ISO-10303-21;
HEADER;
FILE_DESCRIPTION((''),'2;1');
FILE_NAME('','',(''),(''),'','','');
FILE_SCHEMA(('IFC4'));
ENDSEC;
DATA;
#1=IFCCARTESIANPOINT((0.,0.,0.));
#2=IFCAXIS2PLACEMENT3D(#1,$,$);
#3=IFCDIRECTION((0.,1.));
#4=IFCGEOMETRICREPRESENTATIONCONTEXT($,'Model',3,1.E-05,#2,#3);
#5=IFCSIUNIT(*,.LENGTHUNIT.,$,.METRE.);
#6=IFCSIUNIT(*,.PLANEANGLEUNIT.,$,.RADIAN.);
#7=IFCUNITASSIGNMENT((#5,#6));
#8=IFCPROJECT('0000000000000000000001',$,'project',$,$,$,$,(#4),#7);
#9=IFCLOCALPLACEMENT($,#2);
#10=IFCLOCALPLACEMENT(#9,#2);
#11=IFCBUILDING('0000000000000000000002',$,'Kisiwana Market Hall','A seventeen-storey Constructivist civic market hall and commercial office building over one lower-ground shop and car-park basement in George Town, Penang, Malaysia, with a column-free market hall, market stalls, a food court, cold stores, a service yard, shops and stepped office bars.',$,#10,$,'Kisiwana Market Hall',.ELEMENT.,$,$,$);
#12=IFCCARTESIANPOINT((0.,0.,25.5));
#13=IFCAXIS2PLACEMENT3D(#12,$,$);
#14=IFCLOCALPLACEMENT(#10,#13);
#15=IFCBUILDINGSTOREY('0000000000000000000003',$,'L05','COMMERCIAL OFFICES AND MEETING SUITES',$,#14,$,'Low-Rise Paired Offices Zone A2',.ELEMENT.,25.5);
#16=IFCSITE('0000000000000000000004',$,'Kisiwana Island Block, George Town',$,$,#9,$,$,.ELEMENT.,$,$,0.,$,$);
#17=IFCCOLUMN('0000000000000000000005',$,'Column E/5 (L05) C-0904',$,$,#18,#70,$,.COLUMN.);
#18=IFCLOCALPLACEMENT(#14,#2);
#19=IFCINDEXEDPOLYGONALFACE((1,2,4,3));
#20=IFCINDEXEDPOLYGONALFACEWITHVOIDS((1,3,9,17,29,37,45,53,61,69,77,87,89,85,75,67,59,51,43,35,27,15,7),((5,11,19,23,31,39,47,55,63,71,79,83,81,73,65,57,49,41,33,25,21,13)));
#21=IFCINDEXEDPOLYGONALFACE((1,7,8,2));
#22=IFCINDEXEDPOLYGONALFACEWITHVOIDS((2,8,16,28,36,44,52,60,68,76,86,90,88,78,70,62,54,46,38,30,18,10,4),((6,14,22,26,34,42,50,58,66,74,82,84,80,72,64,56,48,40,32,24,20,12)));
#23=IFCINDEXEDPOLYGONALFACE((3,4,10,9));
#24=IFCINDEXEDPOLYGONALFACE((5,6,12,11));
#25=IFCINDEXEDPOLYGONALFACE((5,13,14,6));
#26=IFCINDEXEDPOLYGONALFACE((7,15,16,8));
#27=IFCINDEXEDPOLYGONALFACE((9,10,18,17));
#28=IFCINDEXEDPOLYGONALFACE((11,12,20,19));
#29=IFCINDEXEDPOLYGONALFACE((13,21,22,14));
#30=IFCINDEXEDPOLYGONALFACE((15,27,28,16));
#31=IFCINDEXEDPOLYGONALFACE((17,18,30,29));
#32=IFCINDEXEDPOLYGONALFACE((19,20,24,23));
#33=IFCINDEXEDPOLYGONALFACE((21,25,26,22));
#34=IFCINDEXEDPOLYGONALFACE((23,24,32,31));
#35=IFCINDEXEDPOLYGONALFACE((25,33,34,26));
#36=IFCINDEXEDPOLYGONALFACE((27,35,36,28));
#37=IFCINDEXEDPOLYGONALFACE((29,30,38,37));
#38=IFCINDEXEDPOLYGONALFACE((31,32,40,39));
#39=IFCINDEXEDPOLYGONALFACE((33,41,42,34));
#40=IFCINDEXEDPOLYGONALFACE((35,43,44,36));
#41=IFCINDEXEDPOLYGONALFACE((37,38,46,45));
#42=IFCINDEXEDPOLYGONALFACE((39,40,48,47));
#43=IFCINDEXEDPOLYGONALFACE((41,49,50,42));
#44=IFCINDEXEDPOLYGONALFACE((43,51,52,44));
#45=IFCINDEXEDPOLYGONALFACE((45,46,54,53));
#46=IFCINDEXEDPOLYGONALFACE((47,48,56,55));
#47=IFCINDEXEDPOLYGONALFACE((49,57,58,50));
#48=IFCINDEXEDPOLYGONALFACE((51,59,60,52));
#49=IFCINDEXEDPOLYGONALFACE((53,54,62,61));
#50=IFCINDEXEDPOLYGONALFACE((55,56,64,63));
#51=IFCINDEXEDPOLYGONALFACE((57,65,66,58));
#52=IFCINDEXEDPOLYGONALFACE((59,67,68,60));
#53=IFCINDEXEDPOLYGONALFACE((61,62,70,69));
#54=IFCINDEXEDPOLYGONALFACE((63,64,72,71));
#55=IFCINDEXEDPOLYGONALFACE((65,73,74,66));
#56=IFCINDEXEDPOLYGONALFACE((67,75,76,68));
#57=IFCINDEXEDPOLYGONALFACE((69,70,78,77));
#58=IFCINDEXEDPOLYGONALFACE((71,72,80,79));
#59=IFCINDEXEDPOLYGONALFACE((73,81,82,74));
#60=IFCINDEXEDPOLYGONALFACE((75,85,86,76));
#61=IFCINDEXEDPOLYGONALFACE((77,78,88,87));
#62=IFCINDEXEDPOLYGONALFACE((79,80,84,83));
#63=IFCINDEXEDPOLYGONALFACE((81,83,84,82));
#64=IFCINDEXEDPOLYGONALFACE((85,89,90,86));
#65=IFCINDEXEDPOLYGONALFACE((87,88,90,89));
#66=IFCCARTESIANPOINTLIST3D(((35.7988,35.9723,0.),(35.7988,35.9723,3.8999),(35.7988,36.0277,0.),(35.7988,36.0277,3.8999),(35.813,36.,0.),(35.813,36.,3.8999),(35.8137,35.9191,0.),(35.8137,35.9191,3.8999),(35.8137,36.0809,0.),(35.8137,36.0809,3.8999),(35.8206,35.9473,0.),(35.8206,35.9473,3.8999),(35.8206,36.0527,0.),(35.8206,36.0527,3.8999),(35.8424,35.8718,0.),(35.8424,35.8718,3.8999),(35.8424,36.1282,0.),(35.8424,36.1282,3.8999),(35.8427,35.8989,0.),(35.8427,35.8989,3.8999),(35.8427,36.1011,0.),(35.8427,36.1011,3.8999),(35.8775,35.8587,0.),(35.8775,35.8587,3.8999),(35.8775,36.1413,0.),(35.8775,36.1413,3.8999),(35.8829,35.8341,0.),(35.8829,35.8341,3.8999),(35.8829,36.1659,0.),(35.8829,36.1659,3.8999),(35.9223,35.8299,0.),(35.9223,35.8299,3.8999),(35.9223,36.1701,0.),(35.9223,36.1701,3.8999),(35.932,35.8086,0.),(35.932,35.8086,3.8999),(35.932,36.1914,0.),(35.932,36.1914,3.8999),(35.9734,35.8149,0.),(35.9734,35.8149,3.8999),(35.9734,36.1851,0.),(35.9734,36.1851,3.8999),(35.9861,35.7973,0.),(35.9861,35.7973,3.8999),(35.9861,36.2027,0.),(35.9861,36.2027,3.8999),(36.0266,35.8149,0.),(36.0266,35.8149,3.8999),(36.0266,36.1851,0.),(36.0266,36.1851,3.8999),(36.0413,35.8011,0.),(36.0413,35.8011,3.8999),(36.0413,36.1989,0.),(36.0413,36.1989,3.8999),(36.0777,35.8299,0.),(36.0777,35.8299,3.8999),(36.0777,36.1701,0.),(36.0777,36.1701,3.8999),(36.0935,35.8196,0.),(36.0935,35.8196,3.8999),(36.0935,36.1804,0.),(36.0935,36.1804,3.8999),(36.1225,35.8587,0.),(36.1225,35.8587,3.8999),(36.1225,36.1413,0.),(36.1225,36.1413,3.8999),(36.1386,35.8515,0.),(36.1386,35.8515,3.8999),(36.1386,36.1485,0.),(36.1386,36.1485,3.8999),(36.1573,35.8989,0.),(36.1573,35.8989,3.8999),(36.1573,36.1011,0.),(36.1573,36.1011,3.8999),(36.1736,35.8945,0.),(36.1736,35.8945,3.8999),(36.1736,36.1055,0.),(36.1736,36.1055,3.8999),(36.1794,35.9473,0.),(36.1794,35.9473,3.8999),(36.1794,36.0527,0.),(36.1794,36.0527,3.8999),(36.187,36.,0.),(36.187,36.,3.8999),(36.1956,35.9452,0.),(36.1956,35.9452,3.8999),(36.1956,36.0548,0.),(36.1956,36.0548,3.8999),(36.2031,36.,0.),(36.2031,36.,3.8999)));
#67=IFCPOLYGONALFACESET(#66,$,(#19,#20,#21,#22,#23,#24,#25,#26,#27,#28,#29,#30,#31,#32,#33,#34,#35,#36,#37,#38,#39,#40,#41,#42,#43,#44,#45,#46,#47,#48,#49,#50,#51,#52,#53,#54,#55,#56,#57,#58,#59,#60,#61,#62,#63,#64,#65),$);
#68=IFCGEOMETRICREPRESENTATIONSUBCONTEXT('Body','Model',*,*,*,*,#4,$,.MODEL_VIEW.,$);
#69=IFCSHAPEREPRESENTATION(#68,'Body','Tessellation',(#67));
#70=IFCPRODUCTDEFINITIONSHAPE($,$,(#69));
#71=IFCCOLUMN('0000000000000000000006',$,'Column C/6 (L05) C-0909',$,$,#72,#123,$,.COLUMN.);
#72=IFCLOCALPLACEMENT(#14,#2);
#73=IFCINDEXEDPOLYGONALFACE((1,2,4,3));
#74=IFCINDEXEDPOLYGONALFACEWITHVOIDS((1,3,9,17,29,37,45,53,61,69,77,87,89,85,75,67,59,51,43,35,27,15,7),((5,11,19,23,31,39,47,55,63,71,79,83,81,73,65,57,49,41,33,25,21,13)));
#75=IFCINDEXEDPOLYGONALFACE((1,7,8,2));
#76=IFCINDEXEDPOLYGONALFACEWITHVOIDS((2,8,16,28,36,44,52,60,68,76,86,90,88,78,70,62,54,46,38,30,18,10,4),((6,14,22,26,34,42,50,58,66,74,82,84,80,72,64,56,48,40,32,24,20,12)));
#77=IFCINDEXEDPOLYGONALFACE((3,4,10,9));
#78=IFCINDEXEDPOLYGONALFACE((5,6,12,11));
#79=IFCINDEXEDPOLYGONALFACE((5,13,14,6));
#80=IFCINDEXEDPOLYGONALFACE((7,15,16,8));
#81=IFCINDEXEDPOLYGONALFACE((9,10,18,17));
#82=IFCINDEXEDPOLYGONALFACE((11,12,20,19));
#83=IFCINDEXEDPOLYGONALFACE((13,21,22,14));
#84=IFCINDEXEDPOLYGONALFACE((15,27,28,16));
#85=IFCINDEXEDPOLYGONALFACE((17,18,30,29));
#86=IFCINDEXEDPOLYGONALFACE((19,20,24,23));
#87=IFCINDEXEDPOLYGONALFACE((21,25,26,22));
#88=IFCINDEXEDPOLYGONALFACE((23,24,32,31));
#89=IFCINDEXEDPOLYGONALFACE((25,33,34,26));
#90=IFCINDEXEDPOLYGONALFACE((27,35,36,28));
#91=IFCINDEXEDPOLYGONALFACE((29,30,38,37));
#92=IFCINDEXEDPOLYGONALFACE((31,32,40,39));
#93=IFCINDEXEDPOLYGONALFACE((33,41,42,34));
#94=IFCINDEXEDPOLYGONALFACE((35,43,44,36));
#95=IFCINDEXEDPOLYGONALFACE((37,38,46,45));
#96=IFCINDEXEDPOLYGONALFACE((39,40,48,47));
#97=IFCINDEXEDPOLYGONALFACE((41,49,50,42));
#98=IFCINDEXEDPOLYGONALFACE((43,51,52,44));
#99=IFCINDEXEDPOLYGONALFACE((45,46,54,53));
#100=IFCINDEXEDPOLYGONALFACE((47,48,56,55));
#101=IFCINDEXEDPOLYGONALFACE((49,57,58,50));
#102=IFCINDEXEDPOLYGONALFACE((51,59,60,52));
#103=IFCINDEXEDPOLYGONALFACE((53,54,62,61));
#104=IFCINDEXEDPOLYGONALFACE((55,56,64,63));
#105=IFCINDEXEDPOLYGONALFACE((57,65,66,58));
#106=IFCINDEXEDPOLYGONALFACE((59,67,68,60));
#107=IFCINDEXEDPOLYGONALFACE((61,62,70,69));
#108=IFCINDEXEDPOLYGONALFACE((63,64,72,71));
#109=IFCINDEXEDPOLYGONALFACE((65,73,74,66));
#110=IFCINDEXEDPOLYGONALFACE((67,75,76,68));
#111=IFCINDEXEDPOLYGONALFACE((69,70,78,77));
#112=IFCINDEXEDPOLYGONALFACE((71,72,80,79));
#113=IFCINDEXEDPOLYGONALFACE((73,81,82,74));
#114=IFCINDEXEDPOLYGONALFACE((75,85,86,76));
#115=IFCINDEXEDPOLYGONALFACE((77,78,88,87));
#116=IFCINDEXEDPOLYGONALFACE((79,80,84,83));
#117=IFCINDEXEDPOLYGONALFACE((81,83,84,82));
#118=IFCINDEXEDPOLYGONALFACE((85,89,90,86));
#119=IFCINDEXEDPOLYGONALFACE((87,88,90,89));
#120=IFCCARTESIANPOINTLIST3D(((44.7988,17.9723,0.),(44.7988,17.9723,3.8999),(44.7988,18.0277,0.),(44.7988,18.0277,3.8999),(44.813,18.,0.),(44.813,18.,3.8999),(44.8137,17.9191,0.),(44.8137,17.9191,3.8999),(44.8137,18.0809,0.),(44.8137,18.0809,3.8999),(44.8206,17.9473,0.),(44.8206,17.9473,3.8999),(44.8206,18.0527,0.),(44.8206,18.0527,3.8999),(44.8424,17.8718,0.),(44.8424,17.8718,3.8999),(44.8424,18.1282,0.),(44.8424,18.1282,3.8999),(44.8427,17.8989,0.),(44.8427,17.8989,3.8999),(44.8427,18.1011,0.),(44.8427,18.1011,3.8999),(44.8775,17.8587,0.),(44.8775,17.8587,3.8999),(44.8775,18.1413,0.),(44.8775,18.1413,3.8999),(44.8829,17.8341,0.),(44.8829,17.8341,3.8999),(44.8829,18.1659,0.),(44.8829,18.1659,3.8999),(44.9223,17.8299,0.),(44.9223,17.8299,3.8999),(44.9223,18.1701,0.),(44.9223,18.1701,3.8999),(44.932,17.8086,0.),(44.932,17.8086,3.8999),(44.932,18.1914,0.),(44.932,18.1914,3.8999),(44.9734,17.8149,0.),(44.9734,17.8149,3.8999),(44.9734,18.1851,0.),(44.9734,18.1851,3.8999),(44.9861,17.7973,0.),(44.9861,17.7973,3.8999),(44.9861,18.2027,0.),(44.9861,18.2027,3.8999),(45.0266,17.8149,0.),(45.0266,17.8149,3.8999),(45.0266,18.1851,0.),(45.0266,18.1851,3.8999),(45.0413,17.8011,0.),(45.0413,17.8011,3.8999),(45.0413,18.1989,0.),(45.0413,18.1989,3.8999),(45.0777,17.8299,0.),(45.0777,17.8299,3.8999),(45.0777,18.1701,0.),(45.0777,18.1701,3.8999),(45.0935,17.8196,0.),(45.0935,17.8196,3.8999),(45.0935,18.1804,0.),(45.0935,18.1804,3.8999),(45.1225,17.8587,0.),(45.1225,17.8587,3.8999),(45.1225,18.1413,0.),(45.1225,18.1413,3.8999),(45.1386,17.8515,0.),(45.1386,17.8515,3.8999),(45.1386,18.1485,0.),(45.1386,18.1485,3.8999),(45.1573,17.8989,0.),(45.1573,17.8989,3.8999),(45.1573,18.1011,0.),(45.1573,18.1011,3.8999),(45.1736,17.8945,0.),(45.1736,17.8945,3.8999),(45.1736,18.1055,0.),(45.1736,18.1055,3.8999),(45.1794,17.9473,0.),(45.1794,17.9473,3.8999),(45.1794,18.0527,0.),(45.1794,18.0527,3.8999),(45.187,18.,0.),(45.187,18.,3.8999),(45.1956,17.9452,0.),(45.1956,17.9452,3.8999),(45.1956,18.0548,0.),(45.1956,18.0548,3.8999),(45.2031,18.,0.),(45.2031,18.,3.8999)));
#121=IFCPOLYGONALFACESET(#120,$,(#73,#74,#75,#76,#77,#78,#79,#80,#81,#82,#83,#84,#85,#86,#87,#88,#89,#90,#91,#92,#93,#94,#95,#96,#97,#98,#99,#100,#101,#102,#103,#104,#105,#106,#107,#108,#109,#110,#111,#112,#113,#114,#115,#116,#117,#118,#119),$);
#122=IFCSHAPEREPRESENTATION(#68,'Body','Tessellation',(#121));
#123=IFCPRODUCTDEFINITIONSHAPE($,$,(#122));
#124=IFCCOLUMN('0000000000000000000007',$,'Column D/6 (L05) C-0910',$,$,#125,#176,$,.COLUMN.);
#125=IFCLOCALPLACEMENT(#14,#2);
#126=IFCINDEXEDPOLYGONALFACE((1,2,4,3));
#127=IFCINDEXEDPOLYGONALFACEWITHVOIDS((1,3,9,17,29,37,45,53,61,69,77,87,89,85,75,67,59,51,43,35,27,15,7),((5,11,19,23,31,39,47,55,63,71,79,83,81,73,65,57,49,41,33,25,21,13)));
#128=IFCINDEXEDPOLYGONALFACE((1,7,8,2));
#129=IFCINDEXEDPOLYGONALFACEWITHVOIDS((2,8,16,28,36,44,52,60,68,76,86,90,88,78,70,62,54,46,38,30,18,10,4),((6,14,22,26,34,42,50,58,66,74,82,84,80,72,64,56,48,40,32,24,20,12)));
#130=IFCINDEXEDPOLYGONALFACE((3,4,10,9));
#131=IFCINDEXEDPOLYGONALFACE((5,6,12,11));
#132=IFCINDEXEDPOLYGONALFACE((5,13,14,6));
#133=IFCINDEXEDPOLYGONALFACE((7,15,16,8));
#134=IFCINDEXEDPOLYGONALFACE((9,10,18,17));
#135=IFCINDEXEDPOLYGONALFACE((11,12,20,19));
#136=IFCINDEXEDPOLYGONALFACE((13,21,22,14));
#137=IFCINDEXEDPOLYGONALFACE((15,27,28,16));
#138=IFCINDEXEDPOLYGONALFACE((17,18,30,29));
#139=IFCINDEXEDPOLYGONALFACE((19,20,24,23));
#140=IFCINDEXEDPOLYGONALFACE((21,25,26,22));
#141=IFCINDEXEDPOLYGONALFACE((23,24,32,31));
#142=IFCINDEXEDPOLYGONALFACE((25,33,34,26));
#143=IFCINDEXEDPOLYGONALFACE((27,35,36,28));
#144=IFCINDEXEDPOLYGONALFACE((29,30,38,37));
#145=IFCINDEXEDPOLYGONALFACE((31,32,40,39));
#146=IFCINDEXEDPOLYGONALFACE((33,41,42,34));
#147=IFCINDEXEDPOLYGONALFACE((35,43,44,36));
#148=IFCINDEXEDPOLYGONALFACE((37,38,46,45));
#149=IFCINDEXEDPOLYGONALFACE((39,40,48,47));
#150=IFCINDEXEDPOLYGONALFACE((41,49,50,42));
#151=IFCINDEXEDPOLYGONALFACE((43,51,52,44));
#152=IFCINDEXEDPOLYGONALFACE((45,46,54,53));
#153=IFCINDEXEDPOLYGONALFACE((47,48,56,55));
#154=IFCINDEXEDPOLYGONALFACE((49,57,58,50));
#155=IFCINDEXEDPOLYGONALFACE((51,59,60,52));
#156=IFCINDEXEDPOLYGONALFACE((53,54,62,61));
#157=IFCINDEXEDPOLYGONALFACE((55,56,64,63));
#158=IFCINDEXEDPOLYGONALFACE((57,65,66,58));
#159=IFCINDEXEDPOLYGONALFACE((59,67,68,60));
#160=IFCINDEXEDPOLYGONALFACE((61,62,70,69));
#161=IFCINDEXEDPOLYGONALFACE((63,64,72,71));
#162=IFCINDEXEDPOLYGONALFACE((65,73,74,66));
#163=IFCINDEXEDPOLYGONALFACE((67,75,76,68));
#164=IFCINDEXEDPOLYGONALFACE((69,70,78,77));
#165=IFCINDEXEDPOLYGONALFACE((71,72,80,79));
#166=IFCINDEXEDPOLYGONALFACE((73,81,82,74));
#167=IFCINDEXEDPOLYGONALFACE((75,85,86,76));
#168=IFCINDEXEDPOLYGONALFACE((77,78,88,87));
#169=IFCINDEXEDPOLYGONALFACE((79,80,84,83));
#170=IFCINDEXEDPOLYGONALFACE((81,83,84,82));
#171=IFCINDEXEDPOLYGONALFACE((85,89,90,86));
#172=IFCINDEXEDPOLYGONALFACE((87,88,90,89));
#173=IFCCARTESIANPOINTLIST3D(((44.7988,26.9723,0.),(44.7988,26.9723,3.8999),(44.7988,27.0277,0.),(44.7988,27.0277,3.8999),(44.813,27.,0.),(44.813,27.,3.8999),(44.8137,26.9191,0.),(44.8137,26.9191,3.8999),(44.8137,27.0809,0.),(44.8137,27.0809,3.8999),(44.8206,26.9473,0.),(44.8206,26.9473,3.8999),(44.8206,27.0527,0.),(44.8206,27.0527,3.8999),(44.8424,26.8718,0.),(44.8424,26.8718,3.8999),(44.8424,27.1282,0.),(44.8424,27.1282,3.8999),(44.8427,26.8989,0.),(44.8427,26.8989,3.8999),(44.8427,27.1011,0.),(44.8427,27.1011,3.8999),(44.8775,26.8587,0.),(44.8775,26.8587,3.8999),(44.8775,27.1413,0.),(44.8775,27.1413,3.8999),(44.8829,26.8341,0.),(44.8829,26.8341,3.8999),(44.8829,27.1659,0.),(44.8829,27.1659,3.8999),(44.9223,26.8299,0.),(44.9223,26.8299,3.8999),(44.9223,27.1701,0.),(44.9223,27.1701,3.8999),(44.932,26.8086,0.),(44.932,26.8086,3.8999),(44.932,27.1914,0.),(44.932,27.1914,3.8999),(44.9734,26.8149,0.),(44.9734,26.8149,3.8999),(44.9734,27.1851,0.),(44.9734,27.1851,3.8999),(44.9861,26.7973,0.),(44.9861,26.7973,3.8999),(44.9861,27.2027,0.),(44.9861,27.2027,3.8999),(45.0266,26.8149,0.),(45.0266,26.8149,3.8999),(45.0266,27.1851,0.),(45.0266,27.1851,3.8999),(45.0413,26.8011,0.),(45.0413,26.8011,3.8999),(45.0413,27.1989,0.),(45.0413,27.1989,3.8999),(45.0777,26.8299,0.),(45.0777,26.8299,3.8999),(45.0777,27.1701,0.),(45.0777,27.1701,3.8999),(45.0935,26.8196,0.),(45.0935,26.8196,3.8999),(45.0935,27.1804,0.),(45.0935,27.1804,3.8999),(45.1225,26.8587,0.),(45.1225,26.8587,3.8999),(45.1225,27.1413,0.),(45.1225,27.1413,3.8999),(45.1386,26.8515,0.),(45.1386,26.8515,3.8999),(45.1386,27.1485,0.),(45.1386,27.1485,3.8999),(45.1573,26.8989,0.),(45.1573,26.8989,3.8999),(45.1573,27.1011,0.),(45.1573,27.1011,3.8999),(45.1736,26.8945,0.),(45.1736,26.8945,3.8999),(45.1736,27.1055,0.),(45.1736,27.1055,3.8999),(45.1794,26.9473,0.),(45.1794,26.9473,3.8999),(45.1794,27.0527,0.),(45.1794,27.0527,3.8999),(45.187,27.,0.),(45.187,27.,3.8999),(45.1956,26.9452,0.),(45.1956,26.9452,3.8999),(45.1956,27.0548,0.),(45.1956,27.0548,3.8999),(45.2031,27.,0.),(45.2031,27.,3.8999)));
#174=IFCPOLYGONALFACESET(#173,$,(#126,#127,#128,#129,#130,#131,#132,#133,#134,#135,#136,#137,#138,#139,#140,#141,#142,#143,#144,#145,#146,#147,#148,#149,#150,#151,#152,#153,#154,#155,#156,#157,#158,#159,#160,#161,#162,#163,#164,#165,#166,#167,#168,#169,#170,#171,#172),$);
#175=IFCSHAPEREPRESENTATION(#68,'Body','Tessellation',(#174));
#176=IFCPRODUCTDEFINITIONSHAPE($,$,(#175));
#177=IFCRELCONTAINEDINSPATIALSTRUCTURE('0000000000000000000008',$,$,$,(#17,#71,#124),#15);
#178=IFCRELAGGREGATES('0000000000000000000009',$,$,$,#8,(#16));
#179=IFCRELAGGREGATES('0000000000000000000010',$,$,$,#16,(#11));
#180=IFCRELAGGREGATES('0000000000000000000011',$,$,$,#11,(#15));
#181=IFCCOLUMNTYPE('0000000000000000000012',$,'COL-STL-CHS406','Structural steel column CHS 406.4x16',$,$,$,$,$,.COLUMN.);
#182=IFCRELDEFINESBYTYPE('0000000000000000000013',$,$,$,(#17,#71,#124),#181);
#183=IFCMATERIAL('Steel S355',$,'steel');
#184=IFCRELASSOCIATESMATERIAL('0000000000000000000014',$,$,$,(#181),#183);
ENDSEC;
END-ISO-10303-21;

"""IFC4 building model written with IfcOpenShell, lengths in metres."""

from ifc_helpers import new_model, si_unit, direction, frame, origin, origin_2d, place, context, subcontext, project, spatial, hollow_circle, extrude, material, material_profile, profile_set, type_object, element, save


model = new_model("IFC4")

# Units and contexts
model_context = context("Model", 3, precision=1e-05, world=origin(), true_north=direction((0.0, 1.0)))
body_context = subcontext(model_context, "Body", "Model", "MODEL_VIEW")
ifc_project = project(units=[si_unit("LENGTHUNIT", "METRE"), si_unit("PLANEANGLEUNIT", "RADIAN")], contexts=[model_context])

# Site, building, storey
site_placement = place(None, origin())
site = spatial("IfcSite", under=ifc_project, at=site_placement, Name="Kisiwana Island Block, George Town", CompositionType="ELEMENT", RefElevation=0.0)
building_placement = place(site_placement, origin())
building = spatial("IfcBuilding", under=site, at=building_placement, Name="Kisiwana Market Hall", Description="A seventeen-storey Constructivist civic market hall and commercial office building over one lower-ground shop and car-park basement in George Town, Penang, Malaysia, with a column-free market hall, market stalls, a food court, cold stores, a service yard, shops and stepped office bars.", LongName="Kisiwana Market Hall", CompositionType="ELEMENT")
storey_placement = place(building_placement, frame((0.0, 0.0, 25.5)))
storey = spatial("IfcBuildingStorey", under=building, at=storey_placement, Name="L05", Description="COMMERCIAL OFFICES AND MEETING SUITES", LongName="Low-Rise Paired Offices Zone A2", CompositionType="ELEMENT", Elevation=25.5)

# Columns
ifc_material_1 = material(Name="Steel S355", Category="steel")
ifc_material_profile_1 = material_profile(ifc_material_1, hollow_circle(Radius=0.2031, WallThickness=0.0161, at=origin_2d()), Name="CHS 406.4x16")
ifc_profile_set_1 = profile_set([ifc_material_profile_1], Name="Steel S355")
column_type_1 = type_object("IfcColumnType", Name="COL-STL-CHS406", Description="Structural steel column CHS 406.4x16", PredefinedType="COLUMN", material=ifc_profile_set_1)
for number, where, z_axis, x_axis, name in (
    (1, (36.0, 36.0, 0.0), (0.0, 0.0, 1.0), (1.0, 0.0, 0.0), "Column E/5 (L05) C-0904"),
    (2, (45.0, 18.0, 0.0), (0.0, 0.0, 1.0), (1.0, 0.0, 0.0), "Column C/6 (L05) C-0909"),
    (3, (45.0, 27.0, 0.0), (0.0, 0.0, 1.0), (1.0, 0.0, 0.0), "Column D/6 (L05) C-0910"),
):
    element("IfcColumn", number, at=place(storey_placement, frame(where, z_axis=z_axis, x_axis=x_axis)), inside=storey, type_object=column_type_1, Name=name, PredefinedType="COLUMN", context=body_context, shape_type="SweptSolid", body=[
        extrude(hollow_circle(Radius=0.2031, WallThickness=0.0161, at=origin_2d()), origin(), (0.0, 0.0, 1.0), 3.8999),
    ])

save(model, "model.ifc")
